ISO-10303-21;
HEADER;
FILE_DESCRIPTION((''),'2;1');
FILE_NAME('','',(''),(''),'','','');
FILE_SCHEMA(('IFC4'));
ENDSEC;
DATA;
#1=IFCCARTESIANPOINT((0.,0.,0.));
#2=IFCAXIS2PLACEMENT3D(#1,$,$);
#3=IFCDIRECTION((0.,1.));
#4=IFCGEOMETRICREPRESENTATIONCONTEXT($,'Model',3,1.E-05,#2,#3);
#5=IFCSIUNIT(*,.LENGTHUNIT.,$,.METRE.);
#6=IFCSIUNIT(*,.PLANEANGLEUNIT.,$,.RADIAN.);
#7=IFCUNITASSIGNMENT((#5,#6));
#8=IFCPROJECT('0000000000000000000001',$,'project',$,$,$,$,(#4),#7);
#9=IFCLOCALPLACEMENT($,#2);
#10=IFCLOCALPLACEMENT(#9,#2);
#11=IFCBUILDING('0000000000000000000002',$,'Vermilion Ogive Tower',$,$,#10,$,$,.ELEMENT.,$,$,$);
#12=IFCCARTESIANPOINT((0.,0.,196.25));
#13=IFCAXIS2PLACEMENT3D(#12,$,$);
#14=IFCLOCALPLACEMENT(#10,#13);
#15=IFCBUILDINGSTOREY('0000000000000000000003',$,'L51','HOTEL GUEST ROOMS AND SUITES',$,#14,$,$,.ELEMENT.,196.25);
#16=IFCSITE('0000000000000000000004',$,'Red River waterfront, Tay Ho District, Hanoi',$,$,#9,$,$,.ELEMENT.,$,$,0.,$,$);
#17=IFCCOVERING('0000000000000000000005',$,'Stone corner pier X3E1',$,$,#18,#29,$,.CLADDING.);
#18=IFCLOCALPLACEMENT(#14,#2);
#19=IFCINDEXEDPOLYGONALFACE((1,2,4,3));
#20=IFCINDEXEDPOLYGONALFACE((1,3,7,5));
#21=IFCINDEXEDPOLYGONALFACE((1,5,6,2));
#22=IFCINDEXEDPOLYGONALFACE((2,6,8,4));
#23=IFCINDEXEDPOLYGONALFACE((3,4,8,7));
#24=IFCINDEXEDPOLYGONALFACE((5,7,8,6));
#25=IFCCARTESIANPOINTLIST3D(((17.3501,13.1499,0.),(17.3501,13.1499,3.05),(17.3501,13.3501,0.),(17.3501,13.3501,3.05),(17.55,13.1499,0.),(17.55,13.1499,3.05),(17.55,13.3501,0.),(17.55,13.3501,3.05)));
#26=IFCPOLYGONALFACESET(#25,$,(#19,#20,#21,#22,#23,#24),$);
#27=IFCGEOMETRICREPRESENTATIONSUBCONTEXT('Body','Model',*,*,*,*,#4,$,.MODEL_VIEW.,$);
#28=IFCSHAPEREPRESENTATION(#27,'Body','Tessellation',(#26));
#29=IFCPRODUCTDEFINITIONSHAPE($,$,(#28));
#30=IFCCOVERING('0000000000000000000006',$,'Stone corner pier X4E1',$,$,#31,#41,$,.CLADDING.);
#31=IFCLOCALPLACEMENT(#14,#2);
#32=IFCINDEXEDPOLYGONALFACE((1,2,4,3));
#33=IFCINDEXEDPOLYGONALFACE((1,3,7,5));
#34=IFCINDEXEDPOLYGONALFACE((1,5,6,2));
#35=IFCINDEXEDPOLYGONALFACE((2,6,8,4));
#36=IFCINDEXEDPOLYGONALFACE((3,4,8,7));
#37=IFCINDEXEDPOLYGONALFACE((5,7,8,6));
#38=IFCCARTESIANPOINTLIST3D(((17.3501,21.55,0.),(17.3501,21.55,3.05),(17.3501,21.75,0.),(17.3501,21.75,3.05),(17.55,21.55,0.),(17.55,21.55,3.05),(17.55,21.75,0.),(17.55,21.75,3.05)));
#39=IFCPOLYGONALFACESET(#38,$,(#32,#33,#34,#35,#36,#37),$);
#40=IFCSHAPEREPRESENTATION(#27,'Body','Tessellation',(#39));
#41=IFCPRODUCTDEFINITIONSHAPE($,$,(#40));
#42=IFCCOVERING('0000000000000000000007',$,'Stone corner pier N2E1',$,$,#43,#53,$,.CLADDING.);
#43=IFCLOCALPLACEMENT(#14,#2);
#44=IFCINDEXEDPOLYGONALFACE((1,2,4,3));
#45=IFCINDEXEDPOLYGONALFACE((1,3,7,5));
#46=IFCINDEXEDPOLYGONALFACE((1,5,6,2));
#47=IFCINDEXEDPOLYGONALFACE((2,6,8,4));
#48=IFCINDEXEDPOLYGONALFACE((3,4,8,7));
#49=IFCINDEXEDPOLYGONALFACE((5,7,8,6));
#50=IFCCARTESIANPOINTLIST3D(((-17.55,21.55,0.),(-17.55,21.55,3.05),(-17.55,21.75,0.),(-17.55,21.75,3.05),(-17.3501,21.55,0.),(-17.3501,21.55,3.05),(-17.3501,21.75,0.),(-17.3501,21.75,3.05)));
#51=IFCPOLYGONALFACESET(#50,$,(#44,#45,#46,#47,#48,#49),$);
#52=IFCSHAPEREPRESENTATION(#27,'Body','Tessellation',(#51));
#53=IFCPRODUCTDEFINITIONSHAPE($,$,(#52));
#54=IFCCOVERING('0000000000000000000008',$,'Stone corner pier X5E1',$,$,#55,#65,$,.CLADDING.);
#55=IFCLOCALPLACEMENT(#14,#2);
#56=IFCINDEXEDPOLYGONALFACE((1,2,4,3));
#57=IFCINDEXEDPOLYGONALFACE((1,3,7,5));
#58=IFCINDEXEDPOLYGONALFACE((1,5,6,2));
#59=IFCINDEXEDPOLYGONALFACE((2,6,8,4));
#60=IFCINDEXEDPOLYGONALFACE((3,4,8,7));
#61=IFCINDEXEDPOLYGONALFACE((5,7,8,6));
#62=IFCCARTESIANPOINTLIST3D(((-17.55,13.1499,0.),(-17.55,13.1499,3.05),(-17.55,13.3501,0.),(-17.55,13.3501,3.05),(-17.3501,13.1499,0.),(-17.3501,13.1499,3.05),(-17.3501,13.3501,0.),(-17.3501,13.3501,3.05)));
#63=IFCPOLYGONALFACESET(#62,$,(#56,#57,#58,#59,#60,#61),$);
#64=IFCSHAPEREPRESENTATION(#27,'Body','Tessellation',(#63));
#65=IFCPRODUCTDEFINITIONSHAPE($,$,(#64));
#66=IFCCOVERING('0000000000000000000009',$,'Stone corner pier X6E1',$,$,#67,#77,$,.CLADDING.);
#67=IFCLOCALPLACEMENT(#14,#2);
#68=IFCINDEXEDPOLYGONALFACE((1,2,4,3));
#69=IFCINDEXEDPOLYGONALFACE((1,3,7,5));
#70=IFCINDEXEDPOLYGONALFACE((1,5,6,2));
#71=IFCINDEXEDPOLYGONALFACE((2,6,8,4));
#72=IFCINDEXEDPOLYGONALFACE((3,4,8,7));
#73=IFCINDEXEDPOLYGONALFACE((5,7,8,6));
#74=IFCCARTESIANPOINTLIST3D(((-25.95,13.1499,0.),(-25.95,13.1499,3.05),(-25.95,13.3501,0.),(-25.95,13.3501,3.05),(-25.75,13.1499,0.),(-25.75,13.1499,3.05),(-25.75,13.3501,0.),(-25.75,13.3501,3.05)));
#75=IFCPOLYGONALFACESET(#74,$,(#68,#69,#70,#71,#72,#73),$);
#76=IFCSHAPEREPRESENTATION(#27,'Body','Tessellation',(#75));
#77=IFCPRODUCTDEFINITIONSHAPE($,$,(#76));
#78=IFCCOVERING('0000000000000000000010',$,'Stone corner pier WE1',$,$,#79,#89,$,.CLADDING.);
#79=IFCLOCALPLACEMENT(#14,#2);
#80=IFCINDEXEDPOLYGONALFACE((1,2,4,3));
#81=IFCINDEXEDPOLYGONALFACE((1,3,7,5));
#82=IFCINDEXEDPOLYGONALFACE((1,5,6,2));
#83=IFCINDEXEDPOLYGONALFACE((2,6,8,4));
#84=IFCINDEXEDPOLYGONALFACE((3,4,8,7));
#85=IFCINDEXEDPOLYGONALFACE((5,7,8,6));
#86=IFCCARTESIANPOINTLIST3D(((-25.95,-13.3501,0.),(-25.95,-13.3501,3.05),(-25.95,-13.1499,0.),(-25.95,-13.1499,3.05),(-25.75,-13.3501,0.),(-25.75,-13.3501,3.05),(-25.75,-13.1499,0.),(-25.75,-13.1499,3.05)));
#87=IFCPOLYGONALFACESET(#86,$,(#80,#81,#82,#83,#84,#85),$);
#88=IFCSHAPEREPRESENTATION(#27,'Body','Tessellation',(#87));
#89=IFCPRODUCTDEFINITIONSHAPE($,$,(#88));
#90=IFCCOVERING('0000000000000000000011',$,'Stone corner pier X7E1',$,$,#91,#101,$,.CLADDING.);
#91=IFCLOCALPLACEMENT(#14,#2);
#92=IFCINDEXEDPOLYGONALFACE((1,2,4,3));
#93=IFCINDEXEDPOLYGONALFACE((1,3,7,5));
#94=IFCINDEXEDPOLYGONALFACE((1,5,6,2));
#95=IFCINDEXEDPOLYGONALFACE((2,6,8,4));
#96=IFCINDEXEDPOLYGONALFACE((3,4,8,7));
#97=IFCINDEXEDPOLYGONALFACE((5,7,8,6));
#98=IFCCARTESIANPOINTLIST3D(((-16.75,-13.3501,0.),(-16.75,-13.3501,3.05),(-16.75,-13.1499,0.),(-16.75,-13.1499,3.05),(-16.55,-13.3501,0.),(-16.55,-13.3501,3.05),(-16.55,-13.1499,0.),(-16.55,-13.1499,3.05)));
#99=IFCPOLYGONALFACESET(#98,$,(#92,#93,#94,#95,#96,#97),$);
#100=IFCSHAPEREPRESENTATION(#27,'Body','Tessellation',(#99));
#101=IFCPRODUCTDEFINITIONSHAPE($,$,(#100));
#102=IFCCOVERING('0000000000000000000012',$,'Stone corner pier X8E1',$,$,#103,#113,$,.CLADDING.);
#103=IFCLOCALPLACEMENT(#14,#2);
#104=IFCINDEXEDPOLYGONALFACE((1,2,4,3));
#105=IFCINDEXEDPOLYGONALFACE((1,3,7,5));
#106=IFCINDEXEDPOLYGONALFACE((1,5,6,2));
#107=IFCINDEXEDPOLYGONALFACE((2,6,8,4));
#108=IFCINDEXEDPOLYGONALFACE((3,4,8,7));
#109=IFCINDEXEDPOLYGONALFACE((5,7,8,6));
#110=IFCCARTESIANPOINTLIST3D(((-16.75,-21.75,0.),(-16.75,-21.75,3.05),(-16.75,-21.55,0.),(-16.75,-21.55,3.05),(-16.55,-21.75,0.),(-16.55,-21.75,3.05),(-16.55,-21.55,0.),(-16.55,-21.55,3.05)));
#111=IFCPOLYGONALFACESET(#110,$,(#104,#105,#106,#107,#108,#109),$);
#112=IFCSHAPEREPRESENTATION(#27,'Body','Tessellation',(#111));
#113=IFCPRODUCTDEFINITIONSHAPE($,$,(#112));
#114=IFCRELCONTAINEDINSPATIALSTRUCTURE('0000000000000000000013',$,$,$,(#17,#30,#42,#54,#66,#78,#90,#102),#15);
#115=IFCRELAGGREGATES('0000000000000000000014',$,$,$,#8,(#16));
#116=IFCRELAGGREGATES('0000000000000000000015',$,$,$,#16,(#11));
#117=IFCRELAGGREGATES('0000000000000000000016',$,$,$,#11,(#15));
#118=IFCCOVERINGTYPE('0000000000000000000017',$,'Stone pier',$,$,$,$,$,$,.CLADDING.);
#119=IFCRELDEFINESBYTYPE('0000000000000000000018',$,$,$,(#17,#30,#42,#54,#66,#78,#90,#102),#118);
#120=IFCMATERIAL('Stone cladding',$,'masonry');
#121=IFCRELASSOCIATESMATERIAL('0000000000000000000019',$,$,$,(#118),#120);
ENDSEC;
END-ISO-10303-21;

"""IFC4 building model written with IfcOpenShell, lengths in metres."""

from ifc_helpers import new_model, si_unit, direction, frame, origin, place, context, subcontext, project, spatial, polyline, outline, extrude, material, type_object, element, save


model = new_model("IFC4")

# Units and contexts
model_context = context("Model", 3, precision=1e-05, world=origin(), true_north=direction((0.0, 1.0)))
body_context = subcontext(model_context, "Body", "Model", "MODEL_VIEW")
ifc_project = project(units=[si_unit("LENGTHUNIT", "METRE"), si_unit("PLANEANGLEUNIT", "RADIAN")], contexts=[model_context])

# Site, building, storey
site_placement = place(None, origin())
site = spatial("IfcSite", under=ifc_project, at=site_placement, Name="Red River waterfront, Tay Ho District, Hanoi", CompositionType="ELEMENT", RefElevation=0.0)
building_placement = place(site_placement, origin())
building = spatial("IfcBuilding", under=site, at=building_placement, Name="Vermilion Ogive Tower", CompositionType="ELEMENT")
storey_placement = place(building_placement, frame((0.0, 0.0, 196.25)))
storey = spatial("IfcBuildingStorey", under=building, at=storey_placement, Name="L51", Description="HOTEL GUEST ROOMS AND SUITES", CompositionType="ELEMENT", Elevation=196.25)

# Coverings
ifc_material_1 = material(Name="Stone cladding", Category="masonry")
covering_type_1 = type_object("IfcCoveringType", Name="Stone pier", PredefinedType="CLADDING", material=ifc_material_1)
covering_1_placement = place(storey_placement, origin())
element("IfcCovering", 1, at=covering_1_placement, inside=storey, type_object=covering_type_1, Name="Stone corner pier X3E1", PredefinedType="CLADDING", context=body_context, shape_type="SweptSolid", body=[
    extrude(outline(polyline([(17.3501, 13.1499), (17.3501, 13.3501), (17.55, 13.3501), (17.55, 13.1499), (17.3501, 13.1499)])), origin(), (0.0, 0.0, 1.0), 3.05),
])
covering_2_placement = place(storey_placement, origin())
element("IfcCovering", 2, at=covering_2_placement, inside=storey, type_object=covering_type_1, Name="Stone corner pier X4E1", PredefinedType="CLADDING", context=body_context, shape_type="SweptSolid", body=[
    extrude(outline(polyline([(17.3501, 21.55), (17.3501, 21.75), (17.55, 21.75), (17.55, 21.55), (17.3501, 21.55)])), origin(), (0.0, 0.0, 1.0), 3.05),
])
covering_3_placement = place(storey_placement, origin())
element("IfcCovering", 3, at=covering_3_placement, inside=storey, type_object=covering_type_1, Name="Stone corner pier N2E1", PredefinedType="CLADDING", context=body_context, shape_type="SweptSolid", body=[
    extrude(outline(polyline([(-17.3501, 21.55), (-17.55, 21.55), (-17.55, 21.75), (-17.3501, 21.75), (-17.3501, 21.55)])), origin(), (0.0, 0.0, 1.0), 3.05),
])
covering_4_placement = place(storey_placement, origin())
element("IfcCovering", 4, at=covering_4_placement, inside=storey, type_object=covering_type_1, Name="Stone corner pier X5E1", PredefinedType="CLADDING", context=body_context, shape_type="SweptSolid", body=[
    extrude(outline(polyline([(-17.3501, 13.1499), (-17.55, 13.1499), (-17.55, 13.3501), (-17.3501, 13.3501), (-17.3501, 13.1499)])), origin(), (0.0, 0.0, 1.0), 3.05),
])
covering_5_placement = place(storey_placement, origin())
element("IfcCovering", 5, at=covering_5_placement, inside=storey, type_object=covering_type_1, Name="Stone corner pier X6E1", PredefinedType="CLADDING", context=body_context, shape_type="SweptSolid", body=[
    extrude(outline(polyline([(-25.75, 13.1499), (-25.95, 13.1499), (-25.95, 13.3501), (-25.75, 13.3501), (-25.75, 13.1499)])), origin(), (0.0, 0.0, 1.0), 3.05),
])
covering_6_placement = place(storey_placement, origin())
element("IfcCovering", 6, at=covering_6_placement, inside=storey, type_object=covering_type_1, Name="Stone corner pier WE1", PredefinedType="CLADDING", context=body_context, shape_type="SweptSolid", body=[
    extrude(outline(polyline([(-25.75, -13.1499), (-25.75, -13.3501), (-25.95, -13.3501), (-25.95, -13.1499), (-25.75, -13.1499)])), origin(), (0.0, 0.0, 1.0), 3.05),
])
covering_7_placement = place(storey_placement, origin())
element("IfcCovering", 7, at=covering_7_placement, inside=storey, type_object=covering_type_1, Name="Stone corner pier X7E1", PredefinedType="CLADDING", context=body_context, shape_type="SweptSolid", body=[
    extrude(outline(polyline([(-16.55, -13.1499), (-16.55, -13.3501), (-16.75, -13.3501), (-16.75, -13.1499), (-16.55, -13.1499)])), origin(), (0.0, 0.0, 1.0), 3.05),
])
covering_8_placement = place(storey_placement, origin())
element("IfcCovering", 8, at=covering_8_placement, inside=storey, type_object=covering_type_1, Name="Stone corner pier X8E1", PredefinedType="CLADDING", context=body_context, shape_type="SweptSolid", body=[
    extrude(outline(polyline([(-16.55, -21.55), (-16.55, -21.75), (-16.75, -21.75), (-16.75, -21.55), (-16.55, -21.55)])), origin(), (0.0, 0.0, 1.0), 3.05),
])

save(model, "model.ifc")
